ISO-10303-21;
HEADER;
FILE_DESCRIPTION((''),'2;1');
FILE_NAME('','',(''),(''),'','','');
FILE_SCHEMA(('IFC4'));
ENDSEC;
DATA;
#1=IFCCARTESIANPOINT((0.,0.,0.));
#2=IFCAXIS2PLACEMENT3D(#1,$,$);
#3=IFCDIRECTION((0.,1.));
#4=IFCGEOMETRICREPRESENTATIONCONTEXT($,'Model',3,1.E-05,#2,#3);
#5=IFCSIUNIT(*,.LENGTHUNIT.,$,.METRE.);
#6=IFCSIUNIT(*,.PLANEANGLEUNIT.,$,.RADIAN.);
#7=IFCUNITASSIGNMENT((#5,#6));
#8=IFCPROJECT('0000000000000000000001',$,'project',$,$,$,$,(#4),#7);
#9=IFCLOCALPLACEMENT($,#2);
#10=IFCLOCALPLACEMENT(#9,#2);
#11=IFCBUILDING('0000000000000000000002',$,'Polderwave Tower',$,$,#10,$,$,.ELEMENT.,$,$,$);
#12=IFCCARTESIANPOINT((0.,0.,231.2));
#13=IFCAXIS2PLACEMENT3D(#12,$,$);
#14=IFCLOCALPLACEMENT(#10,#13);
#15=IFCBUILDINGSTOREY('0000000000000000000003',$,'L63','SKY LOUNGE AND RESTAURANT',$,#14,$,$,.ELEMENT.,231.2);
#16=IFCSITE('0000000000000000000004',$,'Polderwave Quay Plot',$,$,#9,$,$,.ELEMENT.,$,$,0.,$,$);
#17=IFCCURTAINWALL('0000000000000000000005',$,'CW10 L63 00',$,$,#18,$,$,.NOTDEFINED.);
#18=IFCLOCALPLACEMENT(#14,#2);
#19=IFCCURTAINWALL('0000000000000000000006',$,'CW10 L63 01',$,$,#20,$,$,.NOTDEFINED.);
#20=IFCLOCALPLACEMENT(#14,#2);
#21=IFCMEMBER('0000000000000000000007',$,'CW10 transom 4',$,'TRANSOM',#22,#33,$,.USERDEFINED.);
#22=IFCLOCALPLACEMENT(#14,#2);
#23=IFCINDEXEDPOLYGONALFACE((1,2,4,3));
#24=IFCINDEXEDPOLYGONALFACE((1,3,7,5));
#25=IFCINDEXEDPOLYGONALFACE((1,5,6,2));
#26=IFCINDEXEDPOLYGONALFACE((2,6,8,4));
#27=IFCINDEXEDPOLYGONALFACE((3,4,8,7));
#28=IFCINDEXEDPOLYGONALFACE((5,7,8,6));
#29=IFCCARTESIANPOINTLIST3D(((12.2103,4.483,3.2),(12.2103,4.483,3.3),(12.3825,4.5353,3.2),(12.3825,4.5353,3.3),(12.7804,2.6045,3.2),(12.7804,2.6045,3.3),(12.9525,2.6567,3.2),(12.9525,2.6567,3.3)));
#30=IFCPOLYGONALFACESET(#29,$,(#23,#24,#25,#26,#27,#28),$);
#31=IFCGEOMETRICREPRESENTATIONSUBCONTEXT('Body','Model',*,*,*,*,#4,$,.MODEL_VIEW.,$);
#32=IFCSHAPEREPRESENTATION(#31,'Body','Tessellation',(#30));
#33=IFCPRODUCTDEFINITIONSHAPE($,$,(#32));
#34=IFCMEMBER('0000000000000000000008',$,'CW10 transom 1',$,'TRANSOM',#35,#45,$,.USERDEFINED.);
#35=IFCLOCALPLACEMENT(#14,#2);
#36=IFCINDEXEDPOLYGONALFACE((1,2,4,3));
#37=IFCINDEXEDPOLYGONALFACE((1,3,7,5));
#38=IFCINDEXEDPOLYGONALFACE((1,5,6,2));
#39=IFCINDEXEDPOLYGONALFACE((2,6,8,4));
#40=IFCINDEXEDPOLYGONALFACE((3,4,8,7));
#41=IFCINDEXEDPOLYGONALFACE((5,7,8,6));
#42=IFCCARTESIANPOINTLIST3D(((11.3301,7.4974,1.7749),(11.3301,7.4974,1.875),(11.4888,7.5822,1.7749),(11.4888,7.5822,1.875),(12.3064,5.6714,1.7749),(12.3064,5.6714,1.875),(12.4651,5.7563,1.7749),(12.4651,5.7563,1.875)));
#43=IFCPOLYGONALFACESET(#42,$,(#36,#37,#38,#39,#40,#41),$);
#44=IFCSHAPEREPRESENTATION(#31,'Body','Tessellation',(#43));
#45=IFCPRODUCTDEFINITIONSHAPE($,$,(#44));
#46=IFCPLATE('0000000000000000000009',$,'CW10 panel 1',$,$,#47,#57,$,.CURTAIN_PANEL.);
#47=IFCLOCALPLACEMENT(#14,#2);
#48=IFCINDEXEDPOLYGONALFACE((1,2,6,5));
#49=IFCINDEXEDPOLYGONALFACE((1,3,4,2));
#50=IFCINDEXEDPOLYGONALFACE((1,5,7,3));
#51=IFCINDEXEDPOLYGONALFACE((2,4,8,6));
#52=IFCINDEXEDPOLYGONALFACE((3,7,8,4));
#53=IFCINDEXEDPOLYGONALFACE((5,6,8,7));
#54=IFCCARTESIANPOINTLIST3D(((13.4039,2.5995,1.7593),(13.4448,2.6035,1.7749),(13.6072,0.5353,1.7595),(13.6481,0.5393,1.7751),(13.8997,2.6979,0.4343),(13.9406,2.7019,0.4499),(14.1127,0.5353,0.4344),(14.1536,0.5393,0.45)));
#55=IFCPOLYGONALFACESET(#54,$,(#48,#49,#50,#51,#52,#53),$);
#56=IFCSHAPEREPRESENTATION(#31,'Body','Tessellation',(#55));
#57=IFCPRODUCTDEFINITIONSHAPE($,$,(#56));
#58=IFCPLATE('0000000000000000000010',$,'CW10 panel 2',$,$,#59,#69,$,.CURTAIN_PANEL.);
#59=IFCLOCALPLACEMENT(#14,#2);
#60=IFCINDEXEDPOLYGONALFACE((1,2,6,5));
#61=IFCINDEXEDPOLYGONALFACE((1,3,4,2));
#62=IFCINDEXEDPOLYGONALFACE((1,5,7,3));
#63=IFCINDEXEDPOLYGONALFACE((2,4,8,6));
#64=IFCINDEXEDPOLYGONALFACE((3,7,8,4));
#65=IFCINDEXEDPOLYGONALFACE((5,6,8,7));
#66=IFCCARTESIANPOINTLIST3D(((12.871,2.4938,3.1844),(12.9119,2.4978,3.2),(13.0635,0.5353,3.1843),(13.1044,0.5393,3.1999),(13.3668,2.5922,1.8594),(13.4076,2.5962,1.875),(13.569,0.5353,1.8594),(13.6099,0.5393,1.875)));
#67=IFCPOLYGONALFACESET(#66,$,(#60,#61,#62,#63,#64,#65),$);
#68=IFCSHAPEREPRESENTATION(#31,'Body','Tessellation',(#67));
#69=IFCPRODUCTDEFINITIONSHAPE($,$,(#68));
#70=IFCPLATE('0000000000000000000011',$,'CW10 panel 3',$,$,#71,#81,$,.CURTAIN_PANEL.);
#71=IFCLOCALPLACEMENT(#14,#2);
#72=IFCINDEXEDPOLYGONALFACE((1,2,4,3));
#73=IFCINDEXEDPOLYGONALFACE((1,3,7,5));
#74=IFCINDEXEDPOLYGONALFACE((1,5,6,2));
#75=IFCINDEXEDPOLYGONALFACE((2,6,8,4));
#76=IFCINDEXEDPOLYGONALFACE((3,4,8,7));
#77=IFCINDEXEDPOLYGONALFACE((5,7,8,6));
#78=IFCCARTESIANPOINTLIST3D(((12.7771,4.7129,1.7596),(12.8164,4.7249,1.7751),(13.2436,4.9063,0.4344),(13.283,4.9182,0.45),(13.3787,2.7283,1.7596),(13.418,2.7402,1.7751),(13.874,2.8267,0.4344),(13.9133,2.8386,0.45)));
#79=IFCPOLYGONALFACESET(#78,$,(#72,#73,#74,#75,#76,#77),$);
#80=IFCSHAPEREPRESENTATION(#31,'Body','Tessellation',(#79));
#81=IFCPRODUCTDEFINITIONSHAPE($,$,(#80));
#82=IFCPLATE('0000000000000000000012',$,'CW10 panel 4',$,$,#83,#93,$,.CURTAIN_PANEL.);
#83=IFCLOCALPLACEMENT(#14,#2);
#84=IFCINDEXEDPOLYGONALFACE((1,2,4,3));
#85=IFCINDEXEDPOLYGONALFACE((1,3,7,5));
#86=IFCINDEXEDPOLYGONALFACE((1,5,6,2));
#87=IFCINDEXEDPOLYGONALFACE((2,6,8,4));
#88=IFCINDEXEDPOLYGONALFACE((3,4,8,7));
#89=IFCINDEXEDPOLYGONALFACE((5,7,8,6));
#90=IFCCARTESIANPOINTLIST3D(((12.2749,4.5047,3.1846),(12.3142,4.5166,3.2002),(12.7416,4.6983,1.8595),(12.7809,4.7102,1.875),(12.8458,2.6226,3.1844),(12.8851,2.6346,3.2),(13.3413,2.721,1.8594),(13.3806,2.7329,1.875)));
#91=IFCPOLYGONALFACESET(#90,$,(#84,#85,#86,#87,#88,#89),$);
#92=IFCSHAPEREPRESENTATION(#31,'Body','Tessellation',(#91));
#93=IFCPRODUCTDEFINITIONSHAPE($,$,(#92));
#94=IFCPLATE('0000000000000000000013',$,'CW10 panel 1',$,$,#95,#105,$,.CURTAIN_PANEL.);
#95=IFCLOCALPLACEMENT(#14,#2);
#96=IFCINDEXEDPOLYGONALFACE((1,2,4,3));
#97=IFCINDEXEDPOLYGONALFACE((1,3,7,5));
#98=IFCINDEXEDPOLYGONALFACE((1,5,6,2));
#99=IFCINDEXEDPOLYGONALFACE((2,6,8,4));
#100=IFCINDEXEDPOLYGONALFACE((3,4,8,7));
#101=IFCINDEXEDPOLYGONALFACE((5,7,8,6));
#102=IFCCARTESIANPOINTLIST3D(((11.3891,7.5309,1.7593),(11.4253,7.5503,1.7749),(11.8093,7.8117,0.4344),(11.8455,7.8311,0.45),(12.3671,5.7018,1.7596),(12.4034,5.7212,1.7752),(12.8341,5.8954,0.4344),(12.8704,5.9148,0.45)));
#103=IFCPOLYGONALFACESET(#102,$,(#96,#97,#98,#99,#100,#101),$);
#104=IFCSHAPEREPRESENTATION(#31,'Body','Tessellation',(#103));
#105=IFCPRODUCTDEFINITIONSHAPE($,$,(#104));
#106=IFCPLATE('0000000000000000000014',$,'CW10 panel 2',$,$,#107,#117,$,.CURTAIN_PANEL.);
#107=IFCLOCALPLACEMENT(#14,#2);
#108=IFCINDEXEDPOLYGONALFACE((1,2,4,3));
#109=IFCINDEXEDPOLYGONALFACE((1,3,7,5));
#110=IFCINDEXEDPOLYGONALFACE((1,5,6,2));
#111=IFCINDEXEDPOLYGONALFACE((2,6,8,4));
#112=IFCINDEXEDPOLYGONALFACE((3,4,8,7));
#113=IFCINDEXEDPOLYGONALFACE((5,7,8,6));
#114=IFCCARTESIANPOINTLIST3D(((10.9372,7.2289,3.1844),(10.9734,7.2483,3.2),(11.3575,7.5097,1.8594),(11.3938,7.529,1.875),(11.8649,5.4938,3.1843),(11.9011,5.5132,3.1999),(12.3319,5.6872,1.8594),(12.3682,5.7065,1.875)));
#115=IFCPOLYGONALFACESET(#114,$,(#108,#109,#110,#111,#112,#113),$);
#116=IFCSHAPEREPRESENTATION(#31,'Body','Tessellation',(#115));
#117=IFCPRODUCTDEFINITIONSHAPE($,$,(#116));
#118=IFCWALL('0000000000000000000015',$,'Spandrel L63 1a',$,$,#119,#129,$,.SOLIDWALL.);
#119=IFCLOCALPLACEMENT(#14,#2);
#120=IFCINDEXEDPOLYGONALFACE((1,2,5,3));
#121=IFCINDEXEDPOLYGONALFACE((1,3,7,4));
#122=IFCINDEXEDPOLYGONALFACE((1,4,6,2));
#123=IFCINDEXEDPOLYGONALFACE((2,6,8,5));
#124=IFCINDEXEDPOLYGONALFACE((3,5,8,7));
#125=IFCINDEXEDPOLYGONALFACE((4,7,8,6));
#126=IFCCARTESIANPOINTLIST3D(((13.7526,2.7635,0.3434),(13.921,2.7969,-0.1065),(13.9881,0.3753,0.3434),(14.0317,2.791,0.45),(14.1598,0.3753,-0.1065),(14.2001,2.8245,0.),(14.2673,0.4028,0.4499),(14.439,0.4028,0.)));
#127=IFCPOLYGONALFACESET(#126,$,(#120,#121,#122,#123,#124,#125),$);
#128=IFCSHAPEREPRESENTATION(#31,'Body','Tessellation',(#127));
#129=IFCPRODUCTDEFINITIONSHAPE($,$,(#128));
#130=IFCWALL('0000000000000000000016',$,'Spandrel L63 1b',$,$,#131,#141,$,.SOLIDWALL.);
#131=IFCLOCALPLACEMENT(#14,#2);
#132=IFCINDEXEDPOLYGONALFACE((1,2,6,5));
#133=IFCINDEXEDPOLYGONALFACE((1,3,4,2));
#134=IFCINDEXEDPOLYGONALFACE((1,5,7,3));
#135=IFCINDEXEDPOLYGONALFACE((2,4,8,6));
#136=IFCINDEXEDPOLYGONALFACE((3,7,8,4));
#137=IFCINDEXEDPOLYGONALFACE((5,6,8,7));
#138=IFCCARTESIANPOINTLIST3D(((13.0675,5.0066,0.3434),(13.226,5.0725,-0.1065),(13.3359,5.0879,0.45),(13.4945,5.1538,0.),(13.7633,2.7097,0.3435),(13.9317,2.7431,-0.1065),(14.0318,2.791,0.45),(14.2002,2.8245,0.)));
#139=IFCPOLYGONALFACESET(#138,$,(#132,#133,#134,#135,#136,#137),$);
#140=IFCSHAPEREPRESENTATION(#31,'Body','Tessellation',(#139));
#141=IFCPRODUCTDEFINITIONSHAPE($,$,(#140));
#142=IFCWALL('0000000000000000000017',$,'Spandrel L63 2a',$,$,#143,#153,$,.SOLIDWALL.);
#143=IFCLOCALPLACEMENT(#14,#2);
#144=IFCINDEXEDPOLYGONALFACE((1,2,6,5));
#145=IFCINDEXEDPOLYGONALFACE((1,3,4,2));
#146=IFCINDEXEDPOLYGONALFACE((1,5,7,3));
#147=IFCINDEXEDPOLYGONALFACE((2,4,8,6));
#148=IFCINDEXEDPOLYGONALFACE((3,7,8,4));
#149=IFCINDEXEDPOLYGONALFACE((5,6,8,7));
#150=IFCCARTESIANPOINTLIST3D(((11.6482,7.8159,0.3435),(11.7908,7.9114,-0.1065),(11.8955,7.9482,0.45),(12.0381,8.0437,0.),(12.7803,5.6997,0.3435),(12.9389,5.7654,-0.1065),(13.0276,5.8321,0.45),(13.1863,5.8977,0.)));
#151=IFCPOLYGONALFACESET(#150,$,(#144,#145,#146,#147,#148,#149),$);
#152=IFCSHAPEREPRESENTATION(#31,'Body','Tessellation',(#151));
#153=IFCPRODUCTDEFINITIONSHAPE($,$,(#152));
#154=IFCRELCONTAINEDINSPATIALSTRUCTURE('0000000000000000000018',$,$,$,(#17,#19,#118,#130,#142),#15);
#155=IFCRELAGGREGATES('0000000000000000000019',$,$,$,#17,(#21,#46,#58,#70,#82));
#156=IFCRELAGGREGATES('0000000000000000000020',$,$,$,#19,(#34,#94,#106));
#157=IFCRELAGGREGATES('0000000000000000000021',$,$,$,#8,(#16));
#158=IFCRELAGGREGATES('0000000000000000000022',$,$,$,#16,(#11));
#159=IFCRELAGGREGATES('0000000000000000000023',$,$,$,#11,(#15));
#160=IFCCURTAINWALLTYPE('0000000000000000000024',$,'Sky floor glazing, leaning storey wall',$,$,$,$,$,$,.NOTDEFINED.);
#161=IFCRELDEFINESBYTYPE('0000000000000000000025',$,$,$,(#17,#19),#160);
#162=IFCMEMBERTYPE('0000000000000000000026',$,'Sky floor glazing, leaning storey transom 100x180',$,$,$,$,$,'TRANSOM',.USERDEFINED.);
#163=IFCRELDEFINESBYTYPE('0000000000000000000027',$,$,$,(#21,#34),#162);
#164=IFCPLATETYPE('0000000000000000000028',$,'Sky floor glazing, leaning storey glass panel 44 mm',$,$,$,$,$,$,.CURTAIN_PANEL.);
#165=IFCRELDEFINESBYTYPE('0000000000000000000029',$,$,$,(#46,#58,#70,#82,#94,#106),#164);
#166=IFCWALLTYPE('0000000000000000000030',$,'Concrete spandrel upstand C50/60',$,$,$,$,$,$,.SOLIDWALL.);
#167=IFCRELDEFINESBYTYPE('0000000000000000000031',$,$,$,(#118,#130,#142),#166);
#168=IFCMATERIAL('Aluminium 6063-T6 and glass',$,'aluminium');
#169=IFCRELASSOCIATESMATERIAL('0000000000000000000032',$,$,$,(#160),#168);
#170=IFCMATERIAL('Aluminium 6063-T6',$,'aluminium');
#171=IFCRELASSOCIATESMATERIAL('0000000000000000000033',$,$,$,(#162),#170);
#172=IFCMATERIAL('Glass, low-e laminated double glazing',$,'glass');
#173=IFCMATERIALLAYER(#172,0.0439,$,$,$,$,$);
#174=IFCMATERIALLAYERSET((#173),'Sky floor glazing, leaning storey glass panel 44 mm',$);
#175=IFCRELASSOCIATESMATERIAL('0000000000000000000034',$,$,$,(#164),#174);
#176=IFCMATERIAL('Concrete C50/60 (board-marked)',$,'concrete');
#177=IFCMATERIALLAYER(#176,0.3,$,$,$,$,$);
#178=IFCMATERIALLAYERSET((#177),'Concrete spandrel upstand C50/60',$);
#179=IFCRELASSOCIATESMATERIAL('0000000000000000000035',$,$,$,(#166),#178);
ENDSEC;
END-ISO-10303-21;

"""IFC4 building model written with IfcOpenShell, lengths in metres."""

from ifc_helpers import new_model, si_unit, direction, frame, origin, origin_2d, place, context, subcontext, project, spatial, polyline, rectangle, outline, extrude, material, layer, layer_set, material_profile, profile_set, type_object, element, aggregate, save


model = new_model("IFC4")

# Units and contexts
model_context = context("Model", 3, precision=1e-05, world=origin(), true_north=direction((0.0, 1.0)))
body_context = subcontext(model_context, "Body", "Model", "MODEL_VIEW")
ifc_project = project(units=[si_unit("LENGTHUNIT", "METRE"), si_unit("PLANEANGLEUNIT", "RADIAN")], contexts=[model_context])

# Site, building, storey
site_placement = place(None, origin())
site = spatial("IfcSite", under=ifc_project, at=site_placement, Name="Polderwave Quay Plot", CompositionType="ELEMENT", RefElevation=0.0)
building_placement = place(site_placement, origin())
building = spatial("IfcBuilding", under=site, at=building_placement, Name="Polderwave Tower", CompositionType="ELEMENT")
storey_placement = place(building_placement, frame((0.0, 0.0, 231.2)))
storey = spatial("IfcBuildingStorey", under=building, at=storey_placement, Name="L63", Description="SKY LOUNGE AND RESTAURANT", CompositionType="ELEMENT", Elevation=231.2)

# Curtain wall
ifc_material_1 = material(Name="Aluminium 6063-T6 and glass", Category="aluminium")
curtain_wall_type = type_object("IfcCurtainWallType", Name="Sky floor glazing, leaning storey wall", PredefinedType="NOTDEFINED", material=ifc_material_1)
curtain_wall_1_placement = place(storey_placement, origin())
curtain_wall_1 = element("IfcCurtainWall", 1, at=curtain_wall_1_placement, inside=storey, type_object=curtain_wall_type, Name="CW10 L63 00", PredefinedType="NOTDEFINED")
ifc_material_2 = material(Name="Aluminium 6063-T6", Category="aluminium")

# Curtain wall
curtain_wall_2_placement = place(storey_placement, origin())
curtain_wall_2 = element("IfcCurtainWall", 2, at=curtain_wall_2_placement, inside=storey, type_object=curtain_wall_type, Name="CW10 L63 01", PredefinedType="NOTDEFINED")

# Members
ifc_material_profile_1 = material_profile(ifc_material_2, rectangle(XDim=0.1799, YDim=0.1001, at=origin_2d()), Name="AL 100x180")
ifc_profile_set_1 = profile_set([ifc_material_profile_1], Name="Aluminium 6063-T6")
member_type_1 = type_object("IfcMemberType", Name="Sky floor glazing, leaning storey transom 100x180", ElementType="TRANSOM", PredefinedType="USERDEFINED", material=ifc_profile_set_1)
member_1_placement = place(storey_placement, frame((12.8665, 2.6306, 3.25), z_axis=(-0.29037, 0.956915, 0.0), x_axis=(-0.956915, -0.29037, 0.0)))
member_1 = element("IfcMember", 3, at=member_1_placement, type_object=member_type_1, Name="CW10 transom 4", ObjectType="TRANSOM", PredefinedType="USERDEFINED", context=body_context, shape_type="SweptSolid", body=[
    extrude(rectangle(XDim=0.1799, YDim=0.1001, at=origin_2d()), origin(), (0.0, 0.0, 1.0), 1.9631),
])
member_2_placement = place(storey_placement, frame((12.3857, 5.7139, 1.825), z_axis=(-0.471524, 0.881853, 0.0), x_axis=(-0.881853, -0.471524, 0.0)))
member_2 = element("IfcMember", 4, at=member_2_placement, type_object=member_type_1, Name="CW10 transom 1", ObjectType="TRANSOM", PredefinedType="USERDEFINED", context=body_context, shape_type="SweptSolid", body=[
    extrude(rectangle(XDim=0.1799, YDim=0.1001, at=origin_2d()), origin(), (0.0, 0.0, 1.0), 2.0706),
])

# Plates
ifc_material_3 = material(Name="Glass, low-e laminated double glazing", Category="glass")
ifc_layer_1 = layer(ifc_material_3, 0.0439)
ifc_layer_set_1 = layer_set([ifc_layer_1], Name="Sky floor glazing, leaning storey glass panel 44 mm")
plate_type = type_object("IfcPlateType", Name="Sky floor glazing, leaning storey glass panel 44 mm", PredefinedType="CURTAIN_PANEL", material=ifc_layer_set_1)
plate_1_placement = place(storey_placement, frame((14.1536, 0.5393, 0.45), z_axis=(0.930399, 0.091647, 0.354906), x_axis=(-0.098021, 0.995184, -0.00002)))
plate_1 = element("IfcPlate", 5, at=plate_1_placement, type_object=plate_type, Name="CW10 panel 1", PredefinedType="CURTAIN_PANEL", context=body_context, shape_type="SweptSolid", body=[
    extrude(outline(polyline([(0.0, 0.0), (2.1731, 0.0), (2.1237, 1.4173), (0.0495, 1.4174), (0.0, 0.0)])), origin(), (0.0, 0.0, -1.0), 0.0439),
])
plate_2_placement = place(storey_placement, frame((13.6099, 0.5393, 1.875), z_axis=(0.930405, 0.091474, 0.354934), x_axis=(-0.097839, 0.995202, -0.000012)))
plate_2 = element("IfcPlate", 6, at=plate_2_placement, type_object=plate_type, Name="CW10 panel 2", PredefinedType="CURTAIN_PANEL", context=body_context, shape_type="SweptSolid", body=[
    extrude(outline(polyline([(0.0, 0.0), (2.0668, 0.0), (2.0174, 1.4173), (0.0494, 1.4172), (0.0, 0.0)])), origin(), (0.0, 0.0, -1.0), 0.0439),
])
plate_3_placement = place(storey_placement, frame((13.9133, 2.8386, 0.45), z_axis=(0.894809, 0.271232, 0.354612), x_axis=(-0.290085, 0.957001, 0.000002)))
plate_3 = element("IfcPlate", 7, at=plate_3_placement, type_object=plate_type, Name="CW10 panel 3", PredefinedType="CURTAIN_PANEL", context=body_context, shape_type="SweptSolid", body=[
    extrude(outline(polyline([(0.0, 0.0), (2.173, 0.0), (2.1233, 1.4173), (0.0495, 1.4173), (0.0, 0.0)])), origin(), (0.0, 0.0, -1.0), 0.0439),
])
plate_4_placement = place(storey_placement, frame((13.3806, 2.7329, 1.875), z_axis=(0.894719, 0.27137, 0.354735), x_axis=(-0.290253, 0.95695, 0.000021)))
plate_4 = element("IfcPlate", 8, at=plate_4_placement, type_object=plate_type, Name="CW10 panel 4", PredefinedType="CURTAIN_PANEL", context=body_context, shape_type="SweptSolid", body=[
    extrude(outline(polyline([(0.0, 0.0), (2.0663, 0.0), (2.0165, 1.4173), (0.0497, 1.4172), (0.0, 0.0)])), origin(), (0.0, 0.0, -1.0), 0.0439),
])
aggregate(curtain_wall_1, [member_1, plate_1, plate_2, plate_3, plate_4])
plate_5_placement = place(storey_placement, frame((12.8704, 5.9148, 0.45), z_axis=(0.824408, 0.440897, 0.354911), x_axis=(-0.471601, 0.881812, 0.000011)))
plate_5 = element("IfcPlate", 9, at=plate_5_placement, type_object=plate_type, Name="CW10 panel 1", PredefinedType="CURTAIN_PANEL", context=body_context, shape_type="SweptSolid", body=[
    extrude(outline(polyline([(0.0, 0.0), (2.1731, 0.0), (2.1237, 1.4172), (0.0495, 1.4175), (0.0, 0.0)])), origin(), (0.0, 0.0, -1.0), 0.0439),
])
plate_6_placement = place(storey_placement, frame((12.3682, 5.7065, 1.875), z_axis=(0.824439, 0.440791, 0.354971), x_axis=(-0.471493, 0.88187, -0.000007)))
plate_6 = element("IfcPlate", 10, at=plate_6_placement, type_object=plate_type, Name="CW10 panel 2", PredefinedType="CURTAIN_PANEL", context=body_context, shape_type="SweptSolid", body=[
    extrude(outline(polyline([(0.0, 0.0), (2.0666, 0.0), (2.0172, 1.4173), (0.0497, 1.4172), (0.0, 0.0)])), origin(), (0.0, 0.0, -1.0), 0.0439),
])
aggregate(curtain_wall_2, [member_2, plate_5, plate_6])

# Walls
ifc_material_4 = material(Name="Concrete C50/60 (board-marked)", Category="concrete")
ifc_layer_2 = layer(ifc_material_4, 0.3)
ifc_layer_set_2 = layer_set([ifc_layer_2], Name="Concrete spandrel upstand C50/60")
wall_type = type_object("IfcWallType", Name="Concrete spandrel upstand C50/60", PredefinedType="SOLIDWALL", material=ifc_layer_set_2)
wall_1_placement = place(storey_placement, frame((14.439, 0.4028, 0.0), z_axis=(0.930351, 0.091755, 0.355005), x_axis=(-0.098145, 0.995172, -0.000008)))
element("IfcWall", 11, at=wall_1_placement, inside=storey, type_object=wall_type, Name="Spandrel L63 1a", PredefinedType="SOLIDWALL", context=body_context, shape_type="SweptSolid", body=[
    extrude(outline(polyline([(0.0, 0.0), (2.4334, 0.0), (2.4166, 0.4813), (0.0168, 0.4813), (0.0, 0.0)])), origin(), (0.0, 0.0, -1.0), 0.3),
])
wall_2_placement = place(storey_placement, frame((14.2002, 2.8245, 0.0), z_axis=(0.894721, 0.271075, 0.354954), x_axis=(-0.28996, 0.957039, 0.000011)))
element("IfcWall", 12, at=wall_2_placement, inside=storey, type_object=wall_type, Name="Spandrel L63 1b", PredefinedType="SOLIDWALL", context=body_context, shape_type="SweptSolid", body=[
    extrude(outline(polyline([(0.0, 0.0), (2.4339, 0.0), (2.4168, 0.4813), (0.0168, 0.4813), (0.0, 0.0)])), origin(), (0.0, 0.0, -1.0), 0.3),
])
wall_3_placement = place(storey_placement, frame((13.1863, 5.8977, 0.0), z_axis=(0.824333, 0.441017, 0.354937), x_axis=(-0.471734, 0.881741, 0.000011)))
element("IfcWall", 13, at=wall_3_placement, inside=storey, type_object=wall_type, Name="Spandrel L63 2a", PredefinedType="SOLIDWALL", context=body_context, shape_type="SweptSolid", body=[
    extrude(outline(polyline([(0.0, 0.0), (2.4339, 0.0), (2.4169, 0.4813), (0.017, 0.4813), (0.0, 0.0)])), origin(), (0.0, 0.0, -1.0), 0.3),
])

save(model, "model.ifc")
